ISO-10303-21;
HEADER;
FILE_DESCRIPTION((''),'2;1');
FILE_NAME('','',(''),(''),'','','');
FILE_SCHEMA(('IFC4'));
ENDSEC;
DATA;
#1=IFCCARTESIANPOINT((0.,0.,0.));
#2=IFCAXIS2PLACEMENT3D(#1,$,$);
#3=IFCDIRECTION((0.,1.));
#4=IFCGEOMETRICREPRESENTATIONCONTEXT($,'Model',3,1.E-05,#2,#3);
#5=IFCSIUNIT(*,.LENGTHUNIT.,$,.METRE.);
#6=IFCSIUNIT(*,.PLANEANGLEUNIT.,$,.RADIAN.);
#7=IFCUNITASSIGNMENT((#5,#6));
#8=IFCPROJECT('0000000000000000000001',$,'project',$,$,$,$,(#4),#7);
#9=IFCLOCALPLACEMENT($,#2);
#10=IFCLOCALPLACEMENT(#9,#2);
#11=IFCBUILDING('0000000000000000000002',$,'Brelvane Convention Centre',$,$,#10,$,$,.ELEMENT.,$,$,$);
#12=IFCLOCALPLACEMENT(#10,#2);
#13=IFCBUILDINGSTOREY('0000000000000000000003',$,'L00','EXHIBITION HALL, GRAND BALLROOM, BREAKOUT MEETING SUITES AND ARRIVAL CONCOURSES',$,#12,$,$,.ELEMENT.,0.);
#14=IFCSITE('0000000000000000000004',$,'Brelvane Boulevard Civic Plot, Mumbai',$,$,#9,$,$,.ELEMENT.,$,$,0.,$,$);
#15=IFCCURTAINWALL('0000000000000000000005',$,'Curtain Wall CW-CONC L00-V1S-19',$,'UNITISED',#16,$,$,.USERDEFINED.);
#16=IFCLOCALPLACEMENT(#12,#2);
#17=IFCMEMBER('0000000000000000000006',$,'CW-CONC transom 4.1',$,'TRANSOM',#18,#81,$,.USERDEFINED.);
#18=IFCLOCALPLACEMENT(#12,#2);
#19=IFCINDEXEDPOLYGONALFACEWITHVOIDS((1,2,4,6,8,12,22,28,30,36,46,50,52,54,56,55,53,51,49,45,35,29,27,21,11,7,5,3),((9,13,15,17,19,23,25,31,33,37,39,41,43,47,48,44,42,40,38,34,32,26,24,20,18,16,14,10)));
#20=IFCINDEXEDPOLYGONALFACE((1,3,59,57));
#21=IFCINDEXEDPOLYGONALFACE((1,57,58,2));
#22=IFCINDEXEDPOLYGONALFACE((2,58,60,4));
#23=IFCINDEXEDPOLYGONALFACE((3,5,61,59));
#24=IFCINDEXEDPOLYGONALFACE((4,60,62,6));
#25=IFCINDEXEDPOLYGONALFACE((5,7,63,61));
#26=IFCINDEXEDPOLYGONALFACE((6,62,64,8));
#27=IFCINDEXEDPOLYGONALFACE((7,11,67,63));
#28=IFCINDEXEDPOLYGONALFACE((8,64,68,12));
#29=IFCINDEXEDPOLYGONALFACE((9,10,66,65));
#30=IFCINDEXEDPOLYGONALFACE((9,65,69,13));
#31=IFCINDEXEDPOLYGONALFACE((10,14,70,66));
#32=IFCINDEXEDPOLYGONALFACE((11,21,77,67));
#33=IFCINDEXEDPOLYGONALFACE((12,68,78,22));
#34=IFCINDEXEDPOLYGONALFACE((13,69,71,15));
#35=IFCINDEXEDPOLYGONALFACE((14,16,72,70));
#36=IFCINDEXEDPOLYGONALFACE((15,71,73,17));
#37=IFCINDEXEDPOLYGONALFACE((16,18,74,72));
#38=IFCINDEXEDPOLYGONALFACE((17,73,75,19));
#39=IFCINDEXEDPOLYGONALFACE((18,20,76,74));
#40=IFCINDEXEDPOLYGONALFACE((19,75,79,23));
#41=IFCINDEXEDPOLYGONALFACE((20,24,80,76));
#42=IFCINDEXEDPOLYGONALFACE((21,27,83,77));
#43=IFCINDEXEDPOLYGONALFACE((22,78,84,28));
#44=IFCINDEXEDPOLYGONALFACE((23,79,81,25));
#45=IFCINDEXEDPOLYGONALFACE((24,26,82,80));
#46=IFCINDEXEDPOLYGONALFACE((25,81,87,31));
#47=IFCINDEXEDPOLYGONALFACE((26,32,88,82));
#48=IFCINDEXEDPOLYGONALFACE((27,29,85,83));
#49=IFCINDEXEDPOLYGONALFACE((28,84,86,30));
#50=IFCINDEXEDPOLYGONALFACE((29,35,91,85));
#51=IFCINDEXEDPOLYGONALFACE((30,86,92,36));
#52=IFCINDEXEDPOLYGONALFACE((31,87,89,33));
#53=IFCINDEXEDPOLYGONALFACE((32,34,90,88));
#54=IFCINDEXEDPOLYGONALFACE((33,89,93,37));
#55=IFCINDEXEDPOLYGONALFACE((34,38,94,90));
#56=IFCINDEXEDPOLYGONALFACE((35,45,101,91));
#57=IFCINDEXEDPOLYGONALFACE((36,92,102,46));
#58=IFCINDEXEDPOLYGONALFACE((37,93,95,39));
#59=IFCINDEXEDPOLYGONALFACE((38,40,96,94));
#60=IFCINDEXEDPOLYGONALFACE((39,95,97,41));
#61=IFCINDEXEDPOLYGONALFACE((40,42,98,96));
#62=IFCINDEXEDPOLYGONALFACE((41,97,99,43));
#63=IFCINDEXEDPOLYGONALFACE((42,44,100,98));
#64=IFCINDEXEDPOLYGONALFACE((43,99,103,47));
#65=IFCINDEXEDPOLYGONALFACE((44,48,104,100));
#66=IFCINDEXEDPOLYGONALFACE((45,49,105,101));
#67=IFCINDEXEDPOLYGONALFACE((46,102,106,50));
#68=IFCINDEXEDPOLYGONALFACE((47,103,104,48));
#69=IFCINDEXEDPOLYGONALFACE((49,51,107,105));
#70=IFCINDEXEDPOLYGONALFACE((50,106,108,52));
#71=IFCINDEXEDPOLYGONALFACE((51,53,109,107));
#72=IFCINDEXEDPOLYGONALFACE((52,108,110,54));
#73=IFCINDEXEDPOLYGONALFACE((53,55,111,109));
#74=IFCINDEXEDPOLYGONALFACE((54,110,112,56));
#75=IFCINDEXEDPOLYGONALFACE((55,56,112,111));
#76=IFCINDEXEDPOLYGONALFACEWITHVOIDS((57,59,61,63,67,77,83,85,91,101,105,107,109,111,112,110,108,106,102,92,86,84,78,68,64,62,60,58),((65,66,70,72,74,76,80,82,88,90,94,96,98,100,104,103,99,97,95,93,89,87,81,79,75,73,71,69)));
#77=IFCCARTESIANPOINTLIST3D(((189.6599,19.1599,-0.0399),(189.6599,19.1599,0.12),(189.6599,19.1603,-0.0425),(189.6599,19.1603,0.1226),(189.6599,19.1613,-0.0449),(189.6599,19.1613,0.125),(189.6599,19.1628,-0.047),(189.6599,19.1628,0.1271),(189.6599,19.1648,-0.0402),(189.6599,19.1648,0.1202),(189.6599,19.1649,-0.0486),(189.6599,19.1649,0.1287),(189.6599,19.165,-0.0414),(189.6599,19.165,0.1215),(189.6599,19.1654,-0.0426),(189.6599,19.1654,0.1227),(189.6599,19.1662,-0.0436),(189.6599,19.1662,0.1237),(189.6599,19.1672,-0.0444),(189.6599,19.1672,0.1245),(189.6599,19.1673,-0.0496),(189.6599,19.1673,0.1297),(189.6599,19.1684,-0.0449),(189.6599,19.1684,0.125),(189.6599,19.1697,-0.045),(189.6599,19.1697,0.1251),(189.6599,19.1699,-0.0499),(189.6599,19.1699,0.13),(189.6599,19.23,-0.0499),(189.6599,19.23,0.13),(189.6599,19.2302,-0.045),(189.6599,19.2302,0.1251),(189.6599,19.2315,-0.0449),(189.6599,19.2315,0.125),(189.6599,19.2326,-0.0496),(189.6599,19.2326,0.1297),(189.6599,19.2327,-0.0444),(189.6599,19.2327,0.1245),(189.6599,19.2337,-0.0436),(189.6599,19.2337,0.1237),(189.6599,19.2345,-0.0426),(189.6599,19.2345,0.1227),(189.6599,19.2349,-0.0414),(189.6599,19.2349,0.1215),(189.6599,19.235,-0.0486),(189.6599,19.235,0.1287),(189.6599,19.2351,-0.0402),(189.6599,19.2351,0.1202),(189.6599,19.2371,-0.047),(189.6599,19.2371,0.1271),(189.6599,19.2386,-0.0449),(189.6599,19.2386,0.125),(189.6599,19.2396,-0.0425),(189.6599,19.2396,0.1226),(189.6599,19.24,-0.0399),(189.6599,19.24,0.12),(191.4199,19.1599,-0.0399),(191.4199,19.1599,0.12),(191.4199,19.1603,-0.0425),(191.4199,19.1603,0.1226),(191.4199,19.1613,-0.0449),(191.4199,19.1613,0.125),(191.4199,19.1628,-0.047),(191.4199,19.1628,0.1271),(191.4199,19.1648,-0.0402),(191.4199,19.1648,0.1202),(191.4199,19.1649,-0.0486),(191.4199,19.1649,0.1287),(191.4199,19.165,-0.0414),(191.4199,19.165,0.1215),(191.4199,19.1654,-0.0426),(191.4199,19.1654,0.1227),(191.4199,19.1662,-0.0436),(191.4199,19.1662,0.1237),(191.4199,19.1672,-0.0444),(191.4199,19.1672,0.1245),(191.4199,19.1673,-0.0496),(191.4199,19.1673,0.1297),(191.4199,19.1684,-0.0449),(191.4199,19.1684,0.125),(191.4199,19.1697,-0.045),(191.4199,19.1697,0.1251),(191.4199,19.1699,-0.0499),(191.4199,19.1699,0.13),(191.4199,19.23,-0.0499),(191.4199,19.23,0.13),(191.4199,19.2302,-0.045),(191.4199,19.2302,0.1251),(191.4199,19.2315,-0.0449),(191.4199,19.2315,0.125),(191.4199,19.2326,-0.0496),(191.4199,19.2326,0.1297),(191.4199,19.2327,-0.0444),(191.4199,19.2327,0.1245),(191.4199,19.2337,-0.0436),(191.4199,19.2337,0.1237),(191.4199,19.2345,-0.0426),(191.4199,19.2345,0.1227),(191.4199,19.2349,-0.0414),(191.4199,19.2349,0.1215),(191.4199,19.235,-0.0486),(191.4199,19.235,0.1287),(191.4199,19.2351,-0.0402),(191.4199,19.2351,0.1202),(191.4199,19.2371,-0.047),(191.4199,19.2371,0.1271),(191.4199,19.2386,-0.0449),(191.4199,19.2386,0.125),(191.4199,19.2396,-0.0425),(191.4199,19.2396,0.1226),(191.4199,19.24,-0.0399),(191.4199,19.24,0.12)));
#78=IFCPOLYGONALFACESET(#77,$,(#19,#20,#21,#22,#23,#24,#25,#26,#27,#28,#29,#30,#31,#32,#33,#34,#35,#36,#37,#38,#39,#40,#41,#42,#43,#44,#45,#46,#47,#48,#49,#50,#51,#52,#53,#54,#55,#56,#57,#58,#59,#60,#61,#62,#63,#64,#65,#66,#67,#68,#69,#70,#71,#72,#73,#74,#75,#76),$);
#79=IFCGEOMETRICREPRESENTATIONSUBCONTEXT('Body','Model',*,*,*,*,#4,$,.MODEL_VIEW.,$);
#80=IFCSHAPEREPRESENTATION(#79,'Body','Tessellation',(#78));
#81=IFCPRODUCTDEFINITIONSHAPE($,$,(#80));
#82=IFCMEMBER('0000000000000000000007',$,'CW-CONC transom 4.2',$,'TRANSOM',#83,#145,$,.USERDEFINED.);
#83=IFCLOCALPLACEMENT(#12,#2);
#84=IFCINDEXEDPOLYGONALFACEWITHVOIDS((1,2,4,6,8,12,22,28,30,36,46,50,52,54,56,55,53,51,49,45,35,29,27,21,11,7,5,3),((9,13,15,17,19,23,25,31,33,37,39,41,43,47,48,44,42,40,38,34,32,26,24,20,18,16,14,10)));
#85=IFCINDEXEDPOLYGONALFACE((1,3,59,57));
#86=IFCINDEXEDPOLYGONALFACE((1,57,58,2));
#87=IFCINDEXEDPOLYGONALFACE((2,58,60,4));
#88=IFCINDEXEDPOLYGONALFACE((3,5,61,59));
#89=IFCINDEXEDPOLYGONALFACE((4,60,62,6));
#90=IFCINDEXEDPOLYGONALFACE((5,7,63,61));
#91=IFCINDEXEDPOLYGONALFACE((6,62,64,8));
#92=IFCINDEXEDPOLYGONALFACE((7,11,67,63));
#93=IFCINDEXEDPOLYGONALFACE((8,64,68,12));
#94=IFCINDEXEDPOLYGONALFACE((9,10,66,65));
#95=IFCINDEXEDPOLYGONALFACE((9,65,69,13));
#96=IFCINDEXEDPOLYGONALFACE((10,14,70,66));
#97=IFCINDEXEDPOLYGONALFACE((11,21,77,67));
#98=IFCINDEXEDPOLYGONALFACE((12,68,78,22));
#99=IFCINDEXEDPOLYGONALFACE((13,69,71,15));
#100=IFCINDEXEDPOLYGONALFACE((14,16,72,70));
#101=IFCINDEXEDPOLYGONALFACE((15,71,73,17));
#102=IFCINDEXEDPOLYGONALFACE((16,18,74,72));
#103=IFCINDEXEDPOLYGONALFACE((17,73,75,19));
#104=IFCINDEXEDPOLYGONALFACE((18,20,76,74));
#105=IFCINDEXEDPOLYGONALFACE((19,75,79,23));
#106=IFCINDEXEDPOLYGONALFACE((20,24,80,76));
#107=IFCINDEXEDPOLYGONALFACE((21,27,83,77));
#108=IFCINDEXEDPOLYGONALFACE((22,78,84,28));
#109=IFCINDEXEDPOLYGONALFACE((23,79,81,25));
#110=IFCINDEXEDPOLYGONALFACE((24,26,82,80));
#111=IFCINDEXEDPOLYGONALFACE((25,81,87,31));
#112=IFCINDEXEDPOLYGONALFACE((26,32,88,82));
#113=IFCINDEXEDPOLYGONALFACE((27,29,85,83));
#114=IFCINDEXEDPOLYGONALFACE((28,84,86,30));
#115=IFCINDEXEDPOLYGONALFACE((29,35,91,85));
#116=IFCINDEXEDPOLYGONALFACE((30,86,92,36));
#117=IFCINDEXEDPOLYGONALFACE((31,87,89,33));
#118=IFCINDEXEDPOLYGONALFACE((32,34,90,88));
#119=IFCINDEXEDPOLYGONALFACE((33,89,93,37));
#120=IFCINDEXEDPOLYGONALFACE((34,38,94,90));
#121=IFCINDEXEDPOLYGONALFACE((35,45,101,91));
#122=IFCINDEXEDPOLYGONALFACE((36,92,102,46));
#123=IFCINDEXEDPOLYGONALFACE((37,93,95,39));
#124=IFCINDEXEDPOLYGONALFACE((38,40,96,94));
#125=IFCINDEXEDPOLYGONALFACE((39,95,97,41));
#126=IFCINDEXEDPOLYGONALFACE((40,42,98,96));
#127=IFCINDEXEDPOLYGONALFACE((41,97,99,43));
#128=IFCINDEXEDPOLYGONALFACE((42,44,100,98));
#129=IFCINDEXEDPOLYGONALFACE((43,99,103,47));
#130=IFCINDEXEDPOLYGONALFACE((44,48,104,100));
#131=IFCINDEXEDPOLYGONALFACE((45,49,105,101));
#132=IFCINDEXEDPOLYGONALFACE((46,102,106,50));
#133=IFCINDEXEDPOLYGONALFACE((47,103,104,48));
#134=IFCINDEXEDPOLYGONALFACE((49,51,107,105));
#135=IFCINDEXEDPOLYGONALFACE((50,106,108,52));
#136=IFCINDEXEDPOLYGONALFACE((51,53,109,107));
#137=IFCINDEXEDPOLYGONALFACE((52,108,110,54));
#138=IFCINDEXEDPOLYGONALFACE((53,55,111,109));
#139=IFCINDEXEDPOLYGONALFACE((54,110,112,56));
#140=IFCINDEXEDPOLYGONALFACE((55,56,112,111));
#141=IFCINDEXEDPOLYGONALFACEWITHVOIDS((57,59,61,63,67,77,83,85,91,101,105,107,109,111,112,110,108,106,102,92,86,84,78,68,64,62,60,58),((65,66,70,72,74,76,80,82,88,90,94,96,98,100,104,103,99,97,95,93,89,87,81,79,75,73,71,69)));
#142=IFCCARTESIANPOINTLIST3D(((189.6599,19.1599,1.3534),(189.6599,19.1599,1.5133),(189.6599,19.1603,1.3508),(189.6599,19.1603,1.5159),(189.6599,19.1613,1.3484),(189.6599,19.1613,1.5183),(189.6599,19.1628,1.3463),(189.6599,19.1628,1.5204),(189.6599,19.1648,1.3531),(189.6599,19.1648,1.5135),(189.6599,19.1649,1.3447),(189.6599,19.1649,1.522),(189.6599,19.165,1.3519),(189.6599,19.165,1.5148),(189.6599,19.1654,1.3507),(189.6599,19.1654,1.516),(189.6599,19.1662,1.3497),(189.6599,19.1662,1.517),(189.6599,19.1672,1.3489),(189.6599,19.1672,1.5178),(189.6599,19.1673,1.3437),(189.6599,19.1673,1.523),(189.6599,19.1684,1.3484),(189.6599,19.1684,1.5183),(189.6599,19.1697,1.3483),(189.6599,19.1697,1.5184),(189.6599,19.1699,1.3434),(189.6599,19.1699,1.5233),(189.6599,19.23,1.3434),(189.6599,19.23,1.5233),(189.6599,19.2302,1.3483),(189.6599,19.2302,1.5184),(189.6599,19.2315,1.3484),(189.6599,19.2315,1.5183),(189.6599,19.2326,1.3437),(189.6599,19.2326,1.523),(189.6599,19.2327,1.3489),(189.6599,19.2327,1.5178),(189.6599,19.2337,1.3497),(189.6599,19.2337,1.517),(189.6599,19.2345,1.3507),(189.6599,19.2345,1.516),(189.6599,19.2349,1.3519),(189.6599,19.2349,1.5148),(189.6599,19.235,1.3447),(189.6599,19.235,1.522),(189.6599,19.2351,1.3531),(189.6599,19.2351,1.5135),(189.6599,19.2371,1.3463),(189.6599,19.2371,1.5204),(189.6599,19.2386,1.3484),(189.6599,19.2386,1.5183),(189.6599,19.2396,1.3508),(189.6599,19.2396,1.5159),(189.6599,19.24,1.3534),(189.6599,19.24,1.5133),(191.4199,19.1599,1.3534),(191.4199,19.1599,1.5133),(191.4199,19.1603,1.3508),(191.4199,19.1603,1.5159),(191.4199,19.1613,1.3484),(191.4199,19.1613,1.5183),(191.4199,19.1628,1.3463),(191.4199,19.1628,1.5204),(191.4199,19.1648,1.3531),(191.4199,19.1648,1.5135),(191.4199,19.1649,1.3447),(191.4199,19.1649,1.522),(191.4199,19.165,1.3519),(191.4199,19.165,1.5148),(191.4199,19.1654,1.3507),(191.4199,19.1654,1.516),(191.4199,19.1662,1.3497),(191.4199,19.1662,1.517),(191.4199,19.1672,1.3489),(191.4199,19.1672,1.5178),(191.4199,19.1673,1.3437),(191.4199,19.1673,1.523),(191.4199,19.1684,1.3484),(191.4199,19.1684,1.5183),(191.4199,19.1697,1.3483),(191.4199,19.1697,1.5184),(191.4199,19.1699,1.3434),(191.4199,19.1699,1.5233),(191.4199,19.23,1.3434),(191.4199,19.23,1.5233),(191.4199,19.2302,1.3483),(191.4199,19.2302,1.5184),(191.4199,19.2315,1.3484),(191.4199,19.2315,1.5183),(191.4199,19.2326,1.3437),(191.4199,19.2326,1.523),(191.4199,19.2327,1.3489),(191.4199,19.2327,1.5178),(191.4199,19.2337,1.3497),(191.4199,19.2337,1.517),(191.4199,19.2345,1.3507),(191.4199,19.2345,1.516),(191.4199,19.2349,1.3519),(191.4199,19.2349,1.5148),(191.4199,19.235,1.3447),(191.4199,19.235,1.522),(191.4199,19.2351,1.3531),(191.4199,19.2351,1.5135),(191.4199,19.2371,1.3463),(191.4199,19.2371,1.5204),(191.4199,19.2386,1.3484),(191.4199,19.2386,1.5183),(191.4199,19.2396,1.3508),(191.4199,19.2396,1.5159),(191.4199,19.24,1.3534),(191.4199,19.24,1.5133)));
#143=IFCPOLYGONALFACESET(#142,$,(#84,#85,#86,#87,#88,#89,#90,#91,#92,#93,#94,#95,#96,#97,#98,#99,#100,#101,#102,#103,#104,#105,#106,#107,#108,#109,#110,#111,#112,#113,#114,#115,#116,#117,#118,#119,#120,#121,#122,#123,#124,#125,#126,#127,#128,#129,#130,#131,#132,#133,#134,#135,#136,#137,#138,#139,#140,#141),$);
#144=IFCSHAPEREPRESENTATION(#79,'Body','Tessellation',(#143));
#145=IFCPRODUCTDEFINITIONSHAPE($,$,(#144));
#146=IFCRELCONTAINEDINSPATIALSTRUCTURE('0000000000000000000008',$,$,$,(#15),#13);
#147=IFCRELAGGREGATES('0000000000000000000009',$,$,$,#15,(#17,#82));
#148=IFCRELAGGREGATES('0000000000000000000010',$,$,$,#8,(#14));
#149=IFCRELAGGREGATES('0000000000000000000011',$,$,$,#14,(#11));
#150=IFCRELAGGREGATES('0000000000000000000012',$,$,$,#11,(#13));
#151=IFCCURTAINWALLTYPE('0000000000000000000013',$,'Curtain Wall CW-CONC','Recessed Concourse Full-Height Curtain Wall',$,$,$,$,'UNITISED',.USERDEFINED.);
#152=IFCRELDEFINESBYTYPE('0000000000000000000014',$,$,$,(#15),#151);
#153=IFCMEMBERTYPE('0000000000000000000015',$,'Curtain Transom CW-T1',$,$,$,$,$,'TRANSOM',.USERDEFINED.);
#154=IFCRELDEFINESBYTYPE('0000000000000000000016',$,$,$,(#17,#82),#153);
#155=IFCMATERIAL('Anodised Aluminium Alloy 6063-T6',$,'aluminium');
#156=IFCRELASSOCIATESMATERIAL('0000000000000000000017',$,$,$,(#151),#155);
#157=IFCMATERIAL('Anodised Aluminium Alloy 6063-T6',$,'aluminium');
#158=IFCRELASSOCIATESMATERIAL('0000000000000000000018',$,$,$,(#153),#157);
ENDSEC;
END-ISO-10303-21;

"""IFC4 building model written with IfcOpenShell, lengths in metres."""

from ifc_helpers import new_model, si_unit, direction, frame, origin, origin_2d, place, context, subcontext, project, spatial, hollow_rectangle, extrude, material, material_profile, profile_set, type_object, element, aggregate, save


model = new_model("IFC4")

# Units and contexts
model_context = context("Model", 3, precision=1e-05, world=origin(), true_north=direction((0.0, 1.0)))
body_context = subcontext(model_context, "Body", "Model", "MODEL_VIEW")
ifc_project = project(units=[si_unit("LENGTHUNIT", "METRE"), si_unit("PLANEANGLEUNIT", "RADIAN")], contexts=[model_context])

# Site, building, storey
site_placement = place(None, origin())
site = spatial("IfcSite", under=ifc_project, at=site_placement, Name="Brelvane Boulevard Civic Plot, Mumbai", CompositionType="ELEMENT", RefElevation=0.0)
building_placement = place(site_placement, origin())
building = spatial("IfcBuilding", under=site, at=building_placement, Name="Brelvane Convention Centre", CompositionType="ELEMENT")
storey_placement = place(building_placement, origin())
storey = spatial("IfcBuildingStorey", under=building, at=storey_placement, Name="L00", Description="EXHIBITION HALL, GRAND BALLROOM, BREAKOUT MEETING SUITES AND ARRIVAL CONCOURSES", CompositionType="ELEMENT", Elevation=0.0)

# Curtain wall, members
ifc_material_1 = material(Name="Anodised Aluminium Alloy 6063-T6", Category="aluminium")
curtain_wall_type = type_object("IfcCurtainWallType", Name="Curtain Wall CW-CONC", Description="Recessed Concourse Full-Height Curtain Wall", ElementType="UNITISED", PredefinedType="USERDEFINED", material=ifc_material_1)
curtain_wall_placement = place(storey_placement, origin())
curtain_wall = element("IfcCurtainWall", 1, at=curtain_wall_placement, inside=storey, type_object=curtain_wall_type, Name="Curtain Wall CW-CONC L00-V1S-19", ObjectType="UNITISED", PredefinedType="USERDEFINED")
ifc_material_2 = material(Name="Anodised Aluminium Alloy 6063-T6", Category="aluminium")
ifc_material_profile_1 = material_profile(ifc_material_2, hollow_rectangle(XDim=0.0801, YDim=0.1799, WallThickness=0.0049, InnerFilletRadius=0.0049, OuterFilletRadius=0.01, at=origin_2d()), Name="ALU-T 180x80x5.0")
ifc_profile_set_1 = profile_set([ifc_material_profile_1], Name="Anodised Aluminium Alloy 6063-T6")
member_type_1 = type_object("IfcMemberType", Name="Curtain Transom CW-T1", ElementType="TRANSOM", PredefinedType="USERDEFINED", material=ifc_profile_set_1)
member_1_placement = place(storey_placement, frame((189.6599, 19.2, 0.04), z_axis=(1.0, 0.0, 0.0), x_axis=(0.0, 1.0, 0.0)))
member_1 = element("IfcMember", 2, at=member_1_placement, type_object=member_type_1, Name="CW-CONC transom 4.1", ObjectType="TRANSOM", PredefinedType="USERDEFINED", context=body_context, shape_type="SweptSolid", body=[
    extrude(hollow_rectangle(XDim=0.0801, YDim=0.1799, WallThickness=0.0049, InnerFilletRadius=0.0049, OuterFilletRadius=0.01, at=origin_2d()), origin(), (0.0, 0.0, 1.0), 1.76),
])
member_2_placement = place(storey_placement, frame((189.6599, 19.2, 1.4333), z_axis=(1.0, 0.0, 0.0), x_axis=(0.0, 1.0, 0.0)))
member_2 = element("IfcMember", 3, at=member_2_placement, type_object=member_type_1, Name="CW-CONC transom 4.2", ObjectType="TRANSOM", PredefinedType="USERDEFINED", context=body_context, shape_type="SweptSolid", body=[
    extrude(hollow_rectangle(XDim=0.0801, YDim=0.1799, WallThickness=0.0049, InnerFilletRadius=0.0049, OuterFilletRadius=0.01, at=origin_2d()), origin(), (0.0, 0.0, 1.0), 1.76),
])
aggregate(curtain_wall, [member_1, member_2])

save(model, "model.ifc")
